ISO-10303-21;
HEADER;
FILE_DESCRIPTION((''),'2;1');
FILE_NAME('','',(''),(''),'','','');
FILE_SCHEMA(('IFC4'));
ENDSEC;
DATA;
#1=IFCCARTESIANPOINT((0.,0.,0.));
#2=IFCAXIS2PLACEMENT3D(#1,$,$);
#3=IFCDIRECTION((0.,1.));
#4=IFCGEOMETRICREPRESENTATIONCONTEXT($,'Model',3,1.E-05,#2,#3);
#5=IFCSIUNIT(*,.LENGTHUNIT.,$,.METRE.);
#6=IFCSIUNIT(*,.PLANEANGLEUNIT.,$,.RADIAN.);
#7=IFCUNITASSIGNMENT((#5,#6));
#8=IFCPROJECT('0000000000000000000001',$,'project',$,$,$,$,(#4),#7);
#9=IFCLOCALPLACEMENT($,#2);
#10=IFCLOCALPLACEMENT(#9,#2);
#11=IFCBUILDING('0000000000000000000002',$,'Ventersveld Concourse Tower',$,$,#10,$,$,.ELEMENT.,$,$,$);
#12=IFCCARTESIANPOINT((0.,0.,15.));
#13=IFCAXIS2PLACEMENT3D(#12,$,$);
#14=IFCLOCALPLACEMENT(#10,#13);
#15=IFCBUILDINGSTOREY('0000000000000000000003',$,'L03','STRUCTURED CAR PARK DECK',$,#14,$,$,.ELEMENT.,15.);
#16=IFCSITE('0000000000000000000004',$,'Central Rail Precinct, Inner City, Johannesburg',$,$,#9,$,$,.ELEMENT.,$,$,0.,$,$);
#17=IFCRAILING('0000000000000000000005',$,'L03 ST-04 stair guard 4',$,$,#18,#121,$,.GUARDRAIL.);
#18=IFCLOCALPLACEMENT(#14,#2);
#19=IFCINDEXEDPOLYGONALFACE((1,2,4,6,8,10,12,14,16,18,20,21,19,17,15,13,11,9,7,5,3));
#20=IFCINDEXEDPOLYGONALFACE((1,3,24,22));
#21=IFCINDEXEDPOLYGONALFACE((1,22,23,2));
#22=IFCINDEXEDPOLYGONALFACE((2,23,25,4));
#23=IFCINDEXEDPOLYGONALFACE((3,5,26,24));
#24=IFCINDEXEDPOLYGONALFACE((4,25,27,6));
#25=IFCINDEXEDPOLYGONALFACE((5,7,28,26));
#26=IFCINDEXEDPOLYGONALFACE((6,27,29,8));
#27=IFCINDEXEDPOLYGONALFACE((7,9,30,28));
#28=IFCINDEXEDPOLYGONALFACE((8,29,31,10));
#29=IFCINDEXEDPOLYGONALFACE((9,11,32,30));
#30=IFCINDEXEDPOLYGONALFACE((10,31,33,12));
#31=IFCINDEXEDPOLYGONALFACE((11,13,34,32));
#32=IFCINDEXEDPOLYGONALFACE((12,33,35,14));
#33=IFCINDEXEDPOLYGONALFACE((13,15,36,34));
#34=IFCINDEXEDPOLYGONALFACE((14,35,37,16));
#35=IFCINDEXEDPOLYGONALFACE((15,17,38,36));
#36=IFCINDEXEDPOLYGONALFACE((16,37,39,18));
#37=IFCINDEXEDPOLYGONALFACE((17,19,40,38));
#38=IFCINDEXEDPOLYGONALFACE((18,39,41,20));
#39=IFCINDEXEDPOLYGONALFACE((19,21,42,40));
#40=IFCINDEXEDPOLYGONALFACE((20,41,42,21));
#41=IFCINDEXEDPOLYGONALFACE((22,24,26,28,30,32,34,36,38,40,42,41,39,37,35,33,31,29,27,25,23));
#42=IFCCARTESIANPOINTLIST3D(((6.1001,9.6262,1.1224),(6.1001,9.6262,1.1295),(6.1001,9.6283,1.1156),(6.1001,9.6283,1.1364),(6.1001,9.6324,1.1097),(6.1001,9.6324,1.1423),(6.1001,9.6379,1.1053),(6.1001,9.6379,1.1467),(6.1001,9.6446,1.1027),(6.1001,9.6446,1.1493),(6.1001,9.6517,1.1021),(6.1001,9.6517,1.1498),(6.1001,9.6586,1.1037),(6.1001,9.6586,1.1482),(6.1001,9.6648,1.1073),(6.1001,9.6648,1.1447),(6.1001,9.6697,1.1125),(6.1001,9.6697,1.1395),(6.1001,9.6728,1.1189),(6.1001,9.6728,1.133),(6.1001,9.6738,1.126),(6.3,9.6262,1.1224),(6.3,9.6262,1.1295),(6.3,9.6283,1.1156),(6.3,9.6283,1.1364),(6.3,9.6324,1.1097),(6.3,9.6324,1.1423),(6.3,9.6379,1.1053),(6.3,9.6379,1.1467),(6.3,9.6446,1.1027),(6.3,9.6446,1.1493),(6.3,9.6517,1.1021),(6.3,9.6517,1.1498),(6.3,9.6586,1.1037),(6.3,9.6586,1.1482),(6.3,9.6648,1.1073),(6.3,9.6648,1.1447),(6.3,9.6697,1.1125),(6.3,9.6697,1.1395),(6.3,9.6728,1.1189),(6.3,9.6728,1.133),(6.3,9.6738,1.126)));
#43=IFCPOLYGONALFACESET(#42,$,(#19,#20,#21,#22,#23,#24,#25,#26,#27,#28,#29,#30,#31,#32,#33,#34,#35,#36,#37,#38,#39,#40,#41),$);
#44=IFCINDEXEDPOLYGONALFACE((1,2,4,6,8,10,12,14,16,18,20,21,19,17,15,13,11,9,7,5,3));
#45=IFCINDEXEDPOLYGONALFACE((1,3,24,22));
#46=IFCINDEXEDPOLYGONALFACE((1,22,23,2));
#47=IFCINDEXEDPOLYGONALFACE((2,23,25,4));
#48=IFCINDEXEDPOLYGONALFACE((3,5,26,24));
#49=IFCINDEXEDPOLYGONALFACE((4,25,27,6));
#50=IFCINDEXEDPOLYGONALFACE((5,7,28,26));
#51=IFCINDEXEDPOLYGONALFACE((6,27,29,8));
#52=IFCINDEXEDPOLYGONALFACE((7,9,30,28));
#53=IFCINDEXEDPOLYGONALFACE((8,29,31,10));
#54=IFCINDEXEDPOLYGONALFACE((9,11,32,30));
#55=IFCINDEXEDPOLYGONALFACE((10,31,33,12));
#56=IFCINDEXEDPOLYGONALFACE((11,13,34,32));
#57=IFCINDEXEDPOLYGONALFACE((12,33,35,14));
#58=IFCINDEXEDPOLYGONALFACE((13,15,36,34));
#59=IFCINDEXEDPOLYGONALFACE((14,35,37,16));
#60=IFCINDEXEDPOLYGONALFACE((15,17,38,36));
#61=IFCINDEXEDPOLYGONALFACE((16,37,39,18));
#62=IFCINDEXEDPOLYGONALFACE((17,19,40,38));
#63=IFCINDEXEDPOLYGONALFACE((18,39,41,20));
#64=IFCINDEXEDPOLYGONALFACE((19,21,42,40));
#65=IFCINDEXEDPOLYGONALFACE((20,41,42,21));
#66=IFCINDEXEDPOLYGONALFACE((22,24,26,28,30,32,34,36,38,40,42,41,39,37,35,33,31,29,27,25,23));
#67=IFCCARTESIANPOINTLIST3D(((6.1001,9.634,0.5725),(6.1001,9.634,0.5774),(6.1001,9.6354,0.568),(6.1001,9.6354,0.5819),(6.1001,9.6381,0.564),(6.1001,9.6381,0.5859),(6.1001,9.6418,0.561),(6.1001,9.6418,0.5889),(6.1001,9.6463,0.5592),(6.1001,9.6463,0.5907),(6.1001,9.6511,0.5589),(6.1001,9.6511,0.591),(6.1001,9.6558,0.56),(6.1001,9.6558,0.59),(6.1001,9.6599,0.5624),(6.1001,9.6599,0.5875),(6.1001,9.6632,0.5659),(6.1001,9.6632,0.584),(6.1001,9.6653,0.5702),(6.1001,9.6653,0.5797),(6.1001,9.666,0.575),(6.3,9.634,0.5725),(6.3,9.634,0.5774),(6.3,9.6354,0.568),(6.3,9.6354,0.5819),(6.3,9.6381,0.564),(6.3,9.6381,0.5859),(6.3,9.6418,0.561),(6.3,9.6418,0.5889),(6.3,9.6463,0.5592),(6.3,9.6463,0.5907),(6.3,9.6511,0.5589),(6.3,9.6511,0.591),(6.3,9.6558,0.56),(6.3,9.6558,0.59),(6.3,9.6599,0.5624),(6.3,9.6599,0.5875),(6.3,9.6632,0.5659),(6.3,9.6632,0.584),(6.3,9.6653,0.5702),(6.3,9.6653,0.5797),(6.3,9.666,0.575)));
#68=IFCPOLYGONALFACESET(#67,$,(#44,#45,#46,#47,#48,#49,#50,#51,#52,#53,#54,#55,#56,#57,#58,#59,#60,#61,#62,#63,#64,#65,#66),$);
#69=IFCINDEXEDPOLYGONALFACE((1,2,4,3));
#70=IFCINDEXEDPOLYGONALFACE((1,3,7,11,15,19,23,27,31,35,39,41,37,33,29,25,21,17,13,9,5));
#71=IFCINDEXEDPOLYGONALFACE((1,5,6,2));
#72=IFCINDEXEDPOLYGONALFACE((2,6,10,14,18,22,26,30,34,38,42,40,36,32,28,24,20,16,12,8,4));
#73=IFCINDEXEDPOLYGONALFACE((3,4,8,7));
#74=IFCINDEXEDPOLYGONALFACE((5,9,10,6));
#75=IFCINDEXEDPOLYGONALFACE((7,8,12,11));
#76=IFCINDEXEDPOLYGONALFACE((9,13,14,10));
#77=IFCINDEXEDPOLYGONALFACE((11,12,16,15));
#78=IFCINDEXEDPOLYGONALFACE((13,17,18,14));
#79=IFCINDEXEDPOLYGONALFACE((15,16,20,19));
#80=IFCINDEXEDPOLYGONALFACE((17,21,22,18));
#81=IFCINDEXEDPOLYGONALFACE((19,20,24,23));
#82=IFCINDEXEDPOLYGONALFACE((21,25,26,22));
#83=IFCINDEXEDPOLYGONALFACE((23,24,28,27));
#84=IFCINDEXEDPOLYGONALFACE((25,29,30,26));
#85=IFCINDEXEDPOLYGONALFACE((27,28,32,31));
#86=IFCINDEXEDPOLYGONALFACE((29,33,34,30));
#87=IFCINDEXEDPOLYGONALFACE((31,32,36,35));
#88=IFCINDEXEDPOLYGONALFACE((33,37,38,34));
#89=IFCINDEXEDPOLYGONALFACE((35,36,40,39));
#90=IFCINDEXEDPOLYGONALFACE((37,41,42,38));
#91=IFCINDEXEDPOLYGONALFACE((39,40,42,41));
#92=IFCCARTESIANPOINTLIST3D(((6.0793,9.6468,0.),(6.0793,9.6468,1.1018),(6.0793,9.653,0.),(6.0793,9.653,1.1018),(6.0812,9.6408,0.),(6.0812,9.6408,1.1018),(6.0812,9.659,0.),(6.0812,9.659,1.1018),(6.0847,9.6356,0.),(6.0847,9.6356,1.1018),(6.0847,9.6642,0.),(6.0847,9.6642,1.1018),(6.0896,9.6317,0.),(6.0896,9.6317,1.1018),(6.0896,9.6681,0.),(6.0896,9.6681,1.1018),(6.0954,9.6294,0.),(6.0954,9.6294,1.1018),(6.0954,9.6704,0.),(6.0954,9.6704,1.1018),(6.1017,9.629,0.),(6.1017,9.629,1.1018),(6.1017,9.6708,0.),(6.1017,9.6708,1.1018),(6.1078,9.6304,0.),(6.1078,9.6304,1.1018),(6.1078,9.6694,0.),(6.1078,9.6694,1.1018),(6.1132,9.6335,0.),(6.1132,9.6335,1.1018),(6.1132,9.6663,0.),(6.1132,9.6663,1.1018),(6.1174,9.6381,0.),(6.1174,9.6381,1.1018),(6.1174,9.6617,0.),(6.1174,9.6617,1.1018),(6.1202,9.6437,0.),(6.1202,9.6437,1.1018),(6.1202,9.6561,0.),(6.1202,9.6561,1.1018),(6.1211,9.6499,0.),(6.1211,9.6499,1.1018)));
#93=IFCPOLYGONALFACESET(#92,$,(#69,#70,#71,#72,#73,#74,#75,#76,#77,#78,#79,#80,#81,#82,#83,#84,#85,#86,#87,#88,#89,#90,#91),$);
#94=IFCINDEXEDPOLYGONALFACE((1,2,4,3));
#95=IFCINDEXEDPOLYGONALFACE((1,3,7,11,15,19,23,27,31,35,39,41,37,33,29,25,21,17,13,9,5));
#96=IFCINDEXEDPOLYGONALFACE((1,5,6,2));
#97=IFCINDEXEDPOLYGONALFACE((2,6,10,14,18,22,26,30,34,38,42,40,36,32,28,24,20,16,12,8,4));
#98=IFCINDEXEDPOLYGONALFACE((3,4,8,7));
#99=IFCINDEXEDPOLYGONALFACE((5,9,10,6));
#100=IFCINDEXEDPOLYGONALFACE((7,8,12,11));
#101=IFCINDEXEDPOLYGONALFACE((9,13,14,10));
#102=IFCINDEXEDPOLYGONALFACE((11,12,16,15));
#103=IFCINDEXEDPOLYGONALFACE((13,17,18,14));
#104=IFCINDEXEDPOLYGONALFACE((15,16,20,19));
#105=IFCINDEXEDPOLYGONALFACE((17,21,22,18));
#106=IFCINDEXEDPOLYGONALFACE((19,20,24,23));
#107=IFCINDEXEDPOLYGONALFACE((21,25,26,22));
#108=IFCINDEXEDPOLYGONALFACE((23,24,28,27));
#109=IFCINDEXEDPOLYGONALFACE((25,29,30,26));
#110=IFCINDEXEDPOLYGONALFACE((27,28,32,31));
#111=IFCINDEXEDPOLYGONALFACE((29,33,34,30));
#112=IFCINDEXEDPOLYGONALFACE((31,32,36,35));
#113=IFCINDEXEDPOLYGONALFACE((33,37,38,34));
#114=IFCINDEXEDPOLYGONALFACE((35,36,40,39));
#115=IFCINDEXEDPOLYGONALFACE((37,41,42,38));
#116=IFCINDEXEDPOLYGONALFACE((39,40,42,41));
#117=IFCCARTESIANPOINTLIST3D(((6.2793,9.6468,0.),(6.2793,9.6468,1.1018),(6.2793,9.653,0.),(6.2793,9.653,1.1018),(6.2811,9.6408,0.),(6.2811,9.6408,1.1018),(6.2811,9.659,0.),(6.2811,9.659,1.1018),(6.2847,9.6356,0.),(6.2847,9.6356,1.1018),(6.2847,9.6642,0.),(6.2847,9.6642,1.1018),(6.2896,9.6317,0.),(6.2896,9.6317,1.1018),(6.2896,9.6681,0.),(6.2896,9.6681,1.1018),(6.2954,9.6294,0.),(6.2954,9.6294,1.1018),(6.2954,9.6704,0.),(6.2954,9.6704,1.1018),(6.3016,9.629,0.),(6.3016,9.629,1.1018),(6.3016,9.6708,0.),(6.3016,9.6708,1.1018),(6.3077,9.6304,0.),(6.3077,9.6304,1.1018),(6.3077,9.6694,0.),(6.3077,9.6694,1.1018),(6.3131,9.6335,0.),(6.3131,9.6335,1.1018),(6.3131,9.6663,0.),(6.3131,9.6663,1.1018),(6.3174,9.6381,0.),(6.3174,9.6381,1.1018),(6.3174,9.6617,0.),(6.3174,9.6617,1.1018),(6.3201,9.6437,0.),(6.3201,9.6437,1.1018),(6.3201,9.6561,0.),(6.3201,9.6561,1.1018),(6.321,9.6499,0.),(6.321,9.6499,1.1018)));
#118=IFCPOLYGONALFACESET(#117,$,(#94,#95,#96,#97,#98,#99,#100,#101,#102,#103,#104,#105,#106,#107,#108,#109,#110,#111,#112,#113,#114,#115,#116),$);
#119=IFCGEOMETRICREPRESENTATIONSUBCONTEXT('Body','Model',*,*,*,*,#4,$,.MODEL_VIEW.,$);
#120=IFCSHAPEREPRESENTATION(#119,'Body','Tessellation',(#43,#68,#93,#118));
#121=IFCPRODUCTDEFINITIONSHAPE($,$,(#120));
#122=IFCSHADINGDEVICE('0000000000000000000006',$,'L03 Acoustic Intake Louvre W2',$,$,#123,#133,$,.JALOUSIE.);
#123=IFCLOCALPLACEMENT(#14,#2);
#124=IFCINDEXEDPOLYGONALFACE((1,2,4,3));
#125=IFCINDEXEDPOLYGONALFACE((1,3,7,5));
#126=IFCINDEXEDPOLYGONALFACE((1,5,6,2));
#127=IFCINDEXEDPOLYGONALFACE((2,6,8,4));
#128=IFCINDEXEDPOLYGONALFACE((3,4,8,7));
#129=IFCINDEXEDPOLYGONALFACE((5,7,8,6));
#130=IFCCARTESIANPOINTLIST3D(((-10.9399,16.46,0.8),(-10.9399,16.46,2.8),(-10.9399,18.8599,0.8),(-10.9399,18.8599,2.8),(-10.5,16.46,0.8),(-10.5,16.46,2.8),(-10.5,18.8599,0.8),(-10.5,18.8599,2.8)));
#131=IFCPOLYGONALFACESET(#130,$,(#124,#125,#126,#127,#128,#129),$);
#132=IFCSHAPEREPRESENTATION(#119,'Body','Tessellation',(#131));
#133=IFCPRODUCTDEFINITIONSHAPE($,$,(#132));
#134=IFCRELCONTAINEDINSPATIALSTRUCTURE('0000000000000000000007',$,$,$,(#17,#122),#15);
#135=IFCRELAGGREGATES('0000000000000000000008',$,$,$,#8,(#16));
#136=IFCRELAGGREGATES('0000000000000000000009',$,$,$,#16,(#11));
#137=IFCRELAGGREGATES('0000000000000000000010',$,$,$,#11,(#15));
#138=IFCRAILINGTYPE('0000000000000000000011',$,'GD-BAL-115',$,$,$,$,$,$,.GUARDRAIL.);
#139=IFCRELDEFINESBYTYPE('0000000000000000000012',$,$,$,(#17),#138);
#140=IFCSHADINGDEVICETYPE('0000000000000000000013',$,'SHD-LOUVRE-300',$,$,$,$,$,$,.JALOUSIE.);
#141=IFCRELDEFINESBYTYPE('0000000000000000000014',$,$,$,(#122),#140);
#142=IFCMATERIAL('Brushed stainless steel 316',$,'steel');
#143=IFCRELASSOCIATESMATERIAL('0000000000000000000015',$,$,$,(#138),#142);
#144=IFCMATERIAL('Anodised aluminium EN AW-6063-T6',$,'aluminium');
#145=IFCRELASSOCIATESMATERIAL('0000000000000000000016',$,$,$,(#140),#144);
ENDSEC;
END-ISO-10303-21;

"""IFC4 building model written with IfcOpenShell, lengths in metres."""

from ifc_helpers import new_model, si_unit, direction, frame, origin, origin_2d, place, context, subcontext, project, spatial, rectangle, circle, extrude, material, type_object, element, save


model = new_model("IFC4")

# Units and contexts
model_context = context("Model", 3, precision=1e-05, world=origin(), true_north=direction((0.0, 1.0)))
body_context = subcontext(model_context, "Body", "Model", "MODEL_VIEW")
ifc_project = project(units=[si_unit("LENGTHUNIT", "METRE"), si_unit("PLANEANGLEUNIT", "RADIAN")], contexts=[model_context])

# Site, building, storey
site_placement = place(None, origin())
site = spatial("IfcSite", under=ifc_project, at=site_placement, Name="Central Rail Precinct, Inner City, Johannesburg", CompositionType="ELEMENT", RefElevation=0.0)
building_placement = place(site_placement, origin())
building = spatial("IfcBuilding", under=site, at=building_placement, Name="Ventersveld Concourse Tower", CompositionType="ELEMENT")
storey_placement = place(building_placement, frame((0.0, 0.0, 15.0)))
storey = spatial("IfcBuildingStorey", under=building, at=storey_placement, Name="L03", Description="STRUCTURED CAR PARK DECK", CompositionType="ELEMENT", Elevation=15.0)

# Railing
ifc_material_1 = material(Name="Brushed stainless steel 316", Category="steel")
railing_type = type_object("IfcRailingType", Name="GD-BAL-115", PredefinedType="GUARDRAIL", material=ifc_material_1)
railing_1_placement = place(storey_placement, frame((6.1001, 9.6499, 0.0)))
element("IfcRailing", 1, at=railing_1_placement, inside=storey, type_object=railing_type, Name="L03 ST-04 stair guard 4", PredefinedType="GUARDRAIL", context=body_context, shape_type="SweptSolid", body=[
    extrude(circle(Radius=0.0239, at=origin_2d()), frame((0.0, 0.0, 1.126), z_axis=(1.0, 0.0, 0.0), x_axis=(0.0, 1.0, 0.0)), (0.0, 0.0, 1.0), 0.2),
    extrude(circle(Radius=0.0161, at=origin_2d()), frame((0.0, 0.0, 0.575), z_axis=(1.0, 0.0, 0.0), x_axis=(0.0, 1.0, 0.0)), (0.0, 0.0, 1.0), 0.2),
    extrude(circle(Radius=0.021, at=origin_2d()), origin(), (0.0, 0.0, 1.0), 1.1018),
    extrude(circle(Radius=0.021, at=origin_2d()), frame((0.2, 0.0, 0.0)), (0.0, 0.0, 1.0), 1.1018),
])

# Shading device
ifc_material_2 = material(Name="Anodised aluminium EN AW-6063-T6", Category="aluminium")
shading_device_type = type_object("IfcShadingDeviceType", Name="SHD-LOUVRE-300", PredefinedType="JALOUSIE", material=ifc_material_2)
shading_device_placement = place(storey_placement, frame((-10.72, 17.6599, 0.8), z_axis=(0.0, 0.0, 1.0), x_axis=(0.0, 1.0, 0.0)))
element("IfcShadingDevice", 2, at=shading_device_placement, inside=storey, type_object=shading_device_type, Name="L03 Acoustic Intake Louvre W2", PredefinedType="JALOUSIE", context=body_context, shape_type="SweptSolid", body=[
    extrude(rectangle(XDim=2.3999, YDim=0.4399, at=origin_2d()), origin(), (0.0, 0.0, 1.0), 2.0),
])

save(model, "model.ifc")
